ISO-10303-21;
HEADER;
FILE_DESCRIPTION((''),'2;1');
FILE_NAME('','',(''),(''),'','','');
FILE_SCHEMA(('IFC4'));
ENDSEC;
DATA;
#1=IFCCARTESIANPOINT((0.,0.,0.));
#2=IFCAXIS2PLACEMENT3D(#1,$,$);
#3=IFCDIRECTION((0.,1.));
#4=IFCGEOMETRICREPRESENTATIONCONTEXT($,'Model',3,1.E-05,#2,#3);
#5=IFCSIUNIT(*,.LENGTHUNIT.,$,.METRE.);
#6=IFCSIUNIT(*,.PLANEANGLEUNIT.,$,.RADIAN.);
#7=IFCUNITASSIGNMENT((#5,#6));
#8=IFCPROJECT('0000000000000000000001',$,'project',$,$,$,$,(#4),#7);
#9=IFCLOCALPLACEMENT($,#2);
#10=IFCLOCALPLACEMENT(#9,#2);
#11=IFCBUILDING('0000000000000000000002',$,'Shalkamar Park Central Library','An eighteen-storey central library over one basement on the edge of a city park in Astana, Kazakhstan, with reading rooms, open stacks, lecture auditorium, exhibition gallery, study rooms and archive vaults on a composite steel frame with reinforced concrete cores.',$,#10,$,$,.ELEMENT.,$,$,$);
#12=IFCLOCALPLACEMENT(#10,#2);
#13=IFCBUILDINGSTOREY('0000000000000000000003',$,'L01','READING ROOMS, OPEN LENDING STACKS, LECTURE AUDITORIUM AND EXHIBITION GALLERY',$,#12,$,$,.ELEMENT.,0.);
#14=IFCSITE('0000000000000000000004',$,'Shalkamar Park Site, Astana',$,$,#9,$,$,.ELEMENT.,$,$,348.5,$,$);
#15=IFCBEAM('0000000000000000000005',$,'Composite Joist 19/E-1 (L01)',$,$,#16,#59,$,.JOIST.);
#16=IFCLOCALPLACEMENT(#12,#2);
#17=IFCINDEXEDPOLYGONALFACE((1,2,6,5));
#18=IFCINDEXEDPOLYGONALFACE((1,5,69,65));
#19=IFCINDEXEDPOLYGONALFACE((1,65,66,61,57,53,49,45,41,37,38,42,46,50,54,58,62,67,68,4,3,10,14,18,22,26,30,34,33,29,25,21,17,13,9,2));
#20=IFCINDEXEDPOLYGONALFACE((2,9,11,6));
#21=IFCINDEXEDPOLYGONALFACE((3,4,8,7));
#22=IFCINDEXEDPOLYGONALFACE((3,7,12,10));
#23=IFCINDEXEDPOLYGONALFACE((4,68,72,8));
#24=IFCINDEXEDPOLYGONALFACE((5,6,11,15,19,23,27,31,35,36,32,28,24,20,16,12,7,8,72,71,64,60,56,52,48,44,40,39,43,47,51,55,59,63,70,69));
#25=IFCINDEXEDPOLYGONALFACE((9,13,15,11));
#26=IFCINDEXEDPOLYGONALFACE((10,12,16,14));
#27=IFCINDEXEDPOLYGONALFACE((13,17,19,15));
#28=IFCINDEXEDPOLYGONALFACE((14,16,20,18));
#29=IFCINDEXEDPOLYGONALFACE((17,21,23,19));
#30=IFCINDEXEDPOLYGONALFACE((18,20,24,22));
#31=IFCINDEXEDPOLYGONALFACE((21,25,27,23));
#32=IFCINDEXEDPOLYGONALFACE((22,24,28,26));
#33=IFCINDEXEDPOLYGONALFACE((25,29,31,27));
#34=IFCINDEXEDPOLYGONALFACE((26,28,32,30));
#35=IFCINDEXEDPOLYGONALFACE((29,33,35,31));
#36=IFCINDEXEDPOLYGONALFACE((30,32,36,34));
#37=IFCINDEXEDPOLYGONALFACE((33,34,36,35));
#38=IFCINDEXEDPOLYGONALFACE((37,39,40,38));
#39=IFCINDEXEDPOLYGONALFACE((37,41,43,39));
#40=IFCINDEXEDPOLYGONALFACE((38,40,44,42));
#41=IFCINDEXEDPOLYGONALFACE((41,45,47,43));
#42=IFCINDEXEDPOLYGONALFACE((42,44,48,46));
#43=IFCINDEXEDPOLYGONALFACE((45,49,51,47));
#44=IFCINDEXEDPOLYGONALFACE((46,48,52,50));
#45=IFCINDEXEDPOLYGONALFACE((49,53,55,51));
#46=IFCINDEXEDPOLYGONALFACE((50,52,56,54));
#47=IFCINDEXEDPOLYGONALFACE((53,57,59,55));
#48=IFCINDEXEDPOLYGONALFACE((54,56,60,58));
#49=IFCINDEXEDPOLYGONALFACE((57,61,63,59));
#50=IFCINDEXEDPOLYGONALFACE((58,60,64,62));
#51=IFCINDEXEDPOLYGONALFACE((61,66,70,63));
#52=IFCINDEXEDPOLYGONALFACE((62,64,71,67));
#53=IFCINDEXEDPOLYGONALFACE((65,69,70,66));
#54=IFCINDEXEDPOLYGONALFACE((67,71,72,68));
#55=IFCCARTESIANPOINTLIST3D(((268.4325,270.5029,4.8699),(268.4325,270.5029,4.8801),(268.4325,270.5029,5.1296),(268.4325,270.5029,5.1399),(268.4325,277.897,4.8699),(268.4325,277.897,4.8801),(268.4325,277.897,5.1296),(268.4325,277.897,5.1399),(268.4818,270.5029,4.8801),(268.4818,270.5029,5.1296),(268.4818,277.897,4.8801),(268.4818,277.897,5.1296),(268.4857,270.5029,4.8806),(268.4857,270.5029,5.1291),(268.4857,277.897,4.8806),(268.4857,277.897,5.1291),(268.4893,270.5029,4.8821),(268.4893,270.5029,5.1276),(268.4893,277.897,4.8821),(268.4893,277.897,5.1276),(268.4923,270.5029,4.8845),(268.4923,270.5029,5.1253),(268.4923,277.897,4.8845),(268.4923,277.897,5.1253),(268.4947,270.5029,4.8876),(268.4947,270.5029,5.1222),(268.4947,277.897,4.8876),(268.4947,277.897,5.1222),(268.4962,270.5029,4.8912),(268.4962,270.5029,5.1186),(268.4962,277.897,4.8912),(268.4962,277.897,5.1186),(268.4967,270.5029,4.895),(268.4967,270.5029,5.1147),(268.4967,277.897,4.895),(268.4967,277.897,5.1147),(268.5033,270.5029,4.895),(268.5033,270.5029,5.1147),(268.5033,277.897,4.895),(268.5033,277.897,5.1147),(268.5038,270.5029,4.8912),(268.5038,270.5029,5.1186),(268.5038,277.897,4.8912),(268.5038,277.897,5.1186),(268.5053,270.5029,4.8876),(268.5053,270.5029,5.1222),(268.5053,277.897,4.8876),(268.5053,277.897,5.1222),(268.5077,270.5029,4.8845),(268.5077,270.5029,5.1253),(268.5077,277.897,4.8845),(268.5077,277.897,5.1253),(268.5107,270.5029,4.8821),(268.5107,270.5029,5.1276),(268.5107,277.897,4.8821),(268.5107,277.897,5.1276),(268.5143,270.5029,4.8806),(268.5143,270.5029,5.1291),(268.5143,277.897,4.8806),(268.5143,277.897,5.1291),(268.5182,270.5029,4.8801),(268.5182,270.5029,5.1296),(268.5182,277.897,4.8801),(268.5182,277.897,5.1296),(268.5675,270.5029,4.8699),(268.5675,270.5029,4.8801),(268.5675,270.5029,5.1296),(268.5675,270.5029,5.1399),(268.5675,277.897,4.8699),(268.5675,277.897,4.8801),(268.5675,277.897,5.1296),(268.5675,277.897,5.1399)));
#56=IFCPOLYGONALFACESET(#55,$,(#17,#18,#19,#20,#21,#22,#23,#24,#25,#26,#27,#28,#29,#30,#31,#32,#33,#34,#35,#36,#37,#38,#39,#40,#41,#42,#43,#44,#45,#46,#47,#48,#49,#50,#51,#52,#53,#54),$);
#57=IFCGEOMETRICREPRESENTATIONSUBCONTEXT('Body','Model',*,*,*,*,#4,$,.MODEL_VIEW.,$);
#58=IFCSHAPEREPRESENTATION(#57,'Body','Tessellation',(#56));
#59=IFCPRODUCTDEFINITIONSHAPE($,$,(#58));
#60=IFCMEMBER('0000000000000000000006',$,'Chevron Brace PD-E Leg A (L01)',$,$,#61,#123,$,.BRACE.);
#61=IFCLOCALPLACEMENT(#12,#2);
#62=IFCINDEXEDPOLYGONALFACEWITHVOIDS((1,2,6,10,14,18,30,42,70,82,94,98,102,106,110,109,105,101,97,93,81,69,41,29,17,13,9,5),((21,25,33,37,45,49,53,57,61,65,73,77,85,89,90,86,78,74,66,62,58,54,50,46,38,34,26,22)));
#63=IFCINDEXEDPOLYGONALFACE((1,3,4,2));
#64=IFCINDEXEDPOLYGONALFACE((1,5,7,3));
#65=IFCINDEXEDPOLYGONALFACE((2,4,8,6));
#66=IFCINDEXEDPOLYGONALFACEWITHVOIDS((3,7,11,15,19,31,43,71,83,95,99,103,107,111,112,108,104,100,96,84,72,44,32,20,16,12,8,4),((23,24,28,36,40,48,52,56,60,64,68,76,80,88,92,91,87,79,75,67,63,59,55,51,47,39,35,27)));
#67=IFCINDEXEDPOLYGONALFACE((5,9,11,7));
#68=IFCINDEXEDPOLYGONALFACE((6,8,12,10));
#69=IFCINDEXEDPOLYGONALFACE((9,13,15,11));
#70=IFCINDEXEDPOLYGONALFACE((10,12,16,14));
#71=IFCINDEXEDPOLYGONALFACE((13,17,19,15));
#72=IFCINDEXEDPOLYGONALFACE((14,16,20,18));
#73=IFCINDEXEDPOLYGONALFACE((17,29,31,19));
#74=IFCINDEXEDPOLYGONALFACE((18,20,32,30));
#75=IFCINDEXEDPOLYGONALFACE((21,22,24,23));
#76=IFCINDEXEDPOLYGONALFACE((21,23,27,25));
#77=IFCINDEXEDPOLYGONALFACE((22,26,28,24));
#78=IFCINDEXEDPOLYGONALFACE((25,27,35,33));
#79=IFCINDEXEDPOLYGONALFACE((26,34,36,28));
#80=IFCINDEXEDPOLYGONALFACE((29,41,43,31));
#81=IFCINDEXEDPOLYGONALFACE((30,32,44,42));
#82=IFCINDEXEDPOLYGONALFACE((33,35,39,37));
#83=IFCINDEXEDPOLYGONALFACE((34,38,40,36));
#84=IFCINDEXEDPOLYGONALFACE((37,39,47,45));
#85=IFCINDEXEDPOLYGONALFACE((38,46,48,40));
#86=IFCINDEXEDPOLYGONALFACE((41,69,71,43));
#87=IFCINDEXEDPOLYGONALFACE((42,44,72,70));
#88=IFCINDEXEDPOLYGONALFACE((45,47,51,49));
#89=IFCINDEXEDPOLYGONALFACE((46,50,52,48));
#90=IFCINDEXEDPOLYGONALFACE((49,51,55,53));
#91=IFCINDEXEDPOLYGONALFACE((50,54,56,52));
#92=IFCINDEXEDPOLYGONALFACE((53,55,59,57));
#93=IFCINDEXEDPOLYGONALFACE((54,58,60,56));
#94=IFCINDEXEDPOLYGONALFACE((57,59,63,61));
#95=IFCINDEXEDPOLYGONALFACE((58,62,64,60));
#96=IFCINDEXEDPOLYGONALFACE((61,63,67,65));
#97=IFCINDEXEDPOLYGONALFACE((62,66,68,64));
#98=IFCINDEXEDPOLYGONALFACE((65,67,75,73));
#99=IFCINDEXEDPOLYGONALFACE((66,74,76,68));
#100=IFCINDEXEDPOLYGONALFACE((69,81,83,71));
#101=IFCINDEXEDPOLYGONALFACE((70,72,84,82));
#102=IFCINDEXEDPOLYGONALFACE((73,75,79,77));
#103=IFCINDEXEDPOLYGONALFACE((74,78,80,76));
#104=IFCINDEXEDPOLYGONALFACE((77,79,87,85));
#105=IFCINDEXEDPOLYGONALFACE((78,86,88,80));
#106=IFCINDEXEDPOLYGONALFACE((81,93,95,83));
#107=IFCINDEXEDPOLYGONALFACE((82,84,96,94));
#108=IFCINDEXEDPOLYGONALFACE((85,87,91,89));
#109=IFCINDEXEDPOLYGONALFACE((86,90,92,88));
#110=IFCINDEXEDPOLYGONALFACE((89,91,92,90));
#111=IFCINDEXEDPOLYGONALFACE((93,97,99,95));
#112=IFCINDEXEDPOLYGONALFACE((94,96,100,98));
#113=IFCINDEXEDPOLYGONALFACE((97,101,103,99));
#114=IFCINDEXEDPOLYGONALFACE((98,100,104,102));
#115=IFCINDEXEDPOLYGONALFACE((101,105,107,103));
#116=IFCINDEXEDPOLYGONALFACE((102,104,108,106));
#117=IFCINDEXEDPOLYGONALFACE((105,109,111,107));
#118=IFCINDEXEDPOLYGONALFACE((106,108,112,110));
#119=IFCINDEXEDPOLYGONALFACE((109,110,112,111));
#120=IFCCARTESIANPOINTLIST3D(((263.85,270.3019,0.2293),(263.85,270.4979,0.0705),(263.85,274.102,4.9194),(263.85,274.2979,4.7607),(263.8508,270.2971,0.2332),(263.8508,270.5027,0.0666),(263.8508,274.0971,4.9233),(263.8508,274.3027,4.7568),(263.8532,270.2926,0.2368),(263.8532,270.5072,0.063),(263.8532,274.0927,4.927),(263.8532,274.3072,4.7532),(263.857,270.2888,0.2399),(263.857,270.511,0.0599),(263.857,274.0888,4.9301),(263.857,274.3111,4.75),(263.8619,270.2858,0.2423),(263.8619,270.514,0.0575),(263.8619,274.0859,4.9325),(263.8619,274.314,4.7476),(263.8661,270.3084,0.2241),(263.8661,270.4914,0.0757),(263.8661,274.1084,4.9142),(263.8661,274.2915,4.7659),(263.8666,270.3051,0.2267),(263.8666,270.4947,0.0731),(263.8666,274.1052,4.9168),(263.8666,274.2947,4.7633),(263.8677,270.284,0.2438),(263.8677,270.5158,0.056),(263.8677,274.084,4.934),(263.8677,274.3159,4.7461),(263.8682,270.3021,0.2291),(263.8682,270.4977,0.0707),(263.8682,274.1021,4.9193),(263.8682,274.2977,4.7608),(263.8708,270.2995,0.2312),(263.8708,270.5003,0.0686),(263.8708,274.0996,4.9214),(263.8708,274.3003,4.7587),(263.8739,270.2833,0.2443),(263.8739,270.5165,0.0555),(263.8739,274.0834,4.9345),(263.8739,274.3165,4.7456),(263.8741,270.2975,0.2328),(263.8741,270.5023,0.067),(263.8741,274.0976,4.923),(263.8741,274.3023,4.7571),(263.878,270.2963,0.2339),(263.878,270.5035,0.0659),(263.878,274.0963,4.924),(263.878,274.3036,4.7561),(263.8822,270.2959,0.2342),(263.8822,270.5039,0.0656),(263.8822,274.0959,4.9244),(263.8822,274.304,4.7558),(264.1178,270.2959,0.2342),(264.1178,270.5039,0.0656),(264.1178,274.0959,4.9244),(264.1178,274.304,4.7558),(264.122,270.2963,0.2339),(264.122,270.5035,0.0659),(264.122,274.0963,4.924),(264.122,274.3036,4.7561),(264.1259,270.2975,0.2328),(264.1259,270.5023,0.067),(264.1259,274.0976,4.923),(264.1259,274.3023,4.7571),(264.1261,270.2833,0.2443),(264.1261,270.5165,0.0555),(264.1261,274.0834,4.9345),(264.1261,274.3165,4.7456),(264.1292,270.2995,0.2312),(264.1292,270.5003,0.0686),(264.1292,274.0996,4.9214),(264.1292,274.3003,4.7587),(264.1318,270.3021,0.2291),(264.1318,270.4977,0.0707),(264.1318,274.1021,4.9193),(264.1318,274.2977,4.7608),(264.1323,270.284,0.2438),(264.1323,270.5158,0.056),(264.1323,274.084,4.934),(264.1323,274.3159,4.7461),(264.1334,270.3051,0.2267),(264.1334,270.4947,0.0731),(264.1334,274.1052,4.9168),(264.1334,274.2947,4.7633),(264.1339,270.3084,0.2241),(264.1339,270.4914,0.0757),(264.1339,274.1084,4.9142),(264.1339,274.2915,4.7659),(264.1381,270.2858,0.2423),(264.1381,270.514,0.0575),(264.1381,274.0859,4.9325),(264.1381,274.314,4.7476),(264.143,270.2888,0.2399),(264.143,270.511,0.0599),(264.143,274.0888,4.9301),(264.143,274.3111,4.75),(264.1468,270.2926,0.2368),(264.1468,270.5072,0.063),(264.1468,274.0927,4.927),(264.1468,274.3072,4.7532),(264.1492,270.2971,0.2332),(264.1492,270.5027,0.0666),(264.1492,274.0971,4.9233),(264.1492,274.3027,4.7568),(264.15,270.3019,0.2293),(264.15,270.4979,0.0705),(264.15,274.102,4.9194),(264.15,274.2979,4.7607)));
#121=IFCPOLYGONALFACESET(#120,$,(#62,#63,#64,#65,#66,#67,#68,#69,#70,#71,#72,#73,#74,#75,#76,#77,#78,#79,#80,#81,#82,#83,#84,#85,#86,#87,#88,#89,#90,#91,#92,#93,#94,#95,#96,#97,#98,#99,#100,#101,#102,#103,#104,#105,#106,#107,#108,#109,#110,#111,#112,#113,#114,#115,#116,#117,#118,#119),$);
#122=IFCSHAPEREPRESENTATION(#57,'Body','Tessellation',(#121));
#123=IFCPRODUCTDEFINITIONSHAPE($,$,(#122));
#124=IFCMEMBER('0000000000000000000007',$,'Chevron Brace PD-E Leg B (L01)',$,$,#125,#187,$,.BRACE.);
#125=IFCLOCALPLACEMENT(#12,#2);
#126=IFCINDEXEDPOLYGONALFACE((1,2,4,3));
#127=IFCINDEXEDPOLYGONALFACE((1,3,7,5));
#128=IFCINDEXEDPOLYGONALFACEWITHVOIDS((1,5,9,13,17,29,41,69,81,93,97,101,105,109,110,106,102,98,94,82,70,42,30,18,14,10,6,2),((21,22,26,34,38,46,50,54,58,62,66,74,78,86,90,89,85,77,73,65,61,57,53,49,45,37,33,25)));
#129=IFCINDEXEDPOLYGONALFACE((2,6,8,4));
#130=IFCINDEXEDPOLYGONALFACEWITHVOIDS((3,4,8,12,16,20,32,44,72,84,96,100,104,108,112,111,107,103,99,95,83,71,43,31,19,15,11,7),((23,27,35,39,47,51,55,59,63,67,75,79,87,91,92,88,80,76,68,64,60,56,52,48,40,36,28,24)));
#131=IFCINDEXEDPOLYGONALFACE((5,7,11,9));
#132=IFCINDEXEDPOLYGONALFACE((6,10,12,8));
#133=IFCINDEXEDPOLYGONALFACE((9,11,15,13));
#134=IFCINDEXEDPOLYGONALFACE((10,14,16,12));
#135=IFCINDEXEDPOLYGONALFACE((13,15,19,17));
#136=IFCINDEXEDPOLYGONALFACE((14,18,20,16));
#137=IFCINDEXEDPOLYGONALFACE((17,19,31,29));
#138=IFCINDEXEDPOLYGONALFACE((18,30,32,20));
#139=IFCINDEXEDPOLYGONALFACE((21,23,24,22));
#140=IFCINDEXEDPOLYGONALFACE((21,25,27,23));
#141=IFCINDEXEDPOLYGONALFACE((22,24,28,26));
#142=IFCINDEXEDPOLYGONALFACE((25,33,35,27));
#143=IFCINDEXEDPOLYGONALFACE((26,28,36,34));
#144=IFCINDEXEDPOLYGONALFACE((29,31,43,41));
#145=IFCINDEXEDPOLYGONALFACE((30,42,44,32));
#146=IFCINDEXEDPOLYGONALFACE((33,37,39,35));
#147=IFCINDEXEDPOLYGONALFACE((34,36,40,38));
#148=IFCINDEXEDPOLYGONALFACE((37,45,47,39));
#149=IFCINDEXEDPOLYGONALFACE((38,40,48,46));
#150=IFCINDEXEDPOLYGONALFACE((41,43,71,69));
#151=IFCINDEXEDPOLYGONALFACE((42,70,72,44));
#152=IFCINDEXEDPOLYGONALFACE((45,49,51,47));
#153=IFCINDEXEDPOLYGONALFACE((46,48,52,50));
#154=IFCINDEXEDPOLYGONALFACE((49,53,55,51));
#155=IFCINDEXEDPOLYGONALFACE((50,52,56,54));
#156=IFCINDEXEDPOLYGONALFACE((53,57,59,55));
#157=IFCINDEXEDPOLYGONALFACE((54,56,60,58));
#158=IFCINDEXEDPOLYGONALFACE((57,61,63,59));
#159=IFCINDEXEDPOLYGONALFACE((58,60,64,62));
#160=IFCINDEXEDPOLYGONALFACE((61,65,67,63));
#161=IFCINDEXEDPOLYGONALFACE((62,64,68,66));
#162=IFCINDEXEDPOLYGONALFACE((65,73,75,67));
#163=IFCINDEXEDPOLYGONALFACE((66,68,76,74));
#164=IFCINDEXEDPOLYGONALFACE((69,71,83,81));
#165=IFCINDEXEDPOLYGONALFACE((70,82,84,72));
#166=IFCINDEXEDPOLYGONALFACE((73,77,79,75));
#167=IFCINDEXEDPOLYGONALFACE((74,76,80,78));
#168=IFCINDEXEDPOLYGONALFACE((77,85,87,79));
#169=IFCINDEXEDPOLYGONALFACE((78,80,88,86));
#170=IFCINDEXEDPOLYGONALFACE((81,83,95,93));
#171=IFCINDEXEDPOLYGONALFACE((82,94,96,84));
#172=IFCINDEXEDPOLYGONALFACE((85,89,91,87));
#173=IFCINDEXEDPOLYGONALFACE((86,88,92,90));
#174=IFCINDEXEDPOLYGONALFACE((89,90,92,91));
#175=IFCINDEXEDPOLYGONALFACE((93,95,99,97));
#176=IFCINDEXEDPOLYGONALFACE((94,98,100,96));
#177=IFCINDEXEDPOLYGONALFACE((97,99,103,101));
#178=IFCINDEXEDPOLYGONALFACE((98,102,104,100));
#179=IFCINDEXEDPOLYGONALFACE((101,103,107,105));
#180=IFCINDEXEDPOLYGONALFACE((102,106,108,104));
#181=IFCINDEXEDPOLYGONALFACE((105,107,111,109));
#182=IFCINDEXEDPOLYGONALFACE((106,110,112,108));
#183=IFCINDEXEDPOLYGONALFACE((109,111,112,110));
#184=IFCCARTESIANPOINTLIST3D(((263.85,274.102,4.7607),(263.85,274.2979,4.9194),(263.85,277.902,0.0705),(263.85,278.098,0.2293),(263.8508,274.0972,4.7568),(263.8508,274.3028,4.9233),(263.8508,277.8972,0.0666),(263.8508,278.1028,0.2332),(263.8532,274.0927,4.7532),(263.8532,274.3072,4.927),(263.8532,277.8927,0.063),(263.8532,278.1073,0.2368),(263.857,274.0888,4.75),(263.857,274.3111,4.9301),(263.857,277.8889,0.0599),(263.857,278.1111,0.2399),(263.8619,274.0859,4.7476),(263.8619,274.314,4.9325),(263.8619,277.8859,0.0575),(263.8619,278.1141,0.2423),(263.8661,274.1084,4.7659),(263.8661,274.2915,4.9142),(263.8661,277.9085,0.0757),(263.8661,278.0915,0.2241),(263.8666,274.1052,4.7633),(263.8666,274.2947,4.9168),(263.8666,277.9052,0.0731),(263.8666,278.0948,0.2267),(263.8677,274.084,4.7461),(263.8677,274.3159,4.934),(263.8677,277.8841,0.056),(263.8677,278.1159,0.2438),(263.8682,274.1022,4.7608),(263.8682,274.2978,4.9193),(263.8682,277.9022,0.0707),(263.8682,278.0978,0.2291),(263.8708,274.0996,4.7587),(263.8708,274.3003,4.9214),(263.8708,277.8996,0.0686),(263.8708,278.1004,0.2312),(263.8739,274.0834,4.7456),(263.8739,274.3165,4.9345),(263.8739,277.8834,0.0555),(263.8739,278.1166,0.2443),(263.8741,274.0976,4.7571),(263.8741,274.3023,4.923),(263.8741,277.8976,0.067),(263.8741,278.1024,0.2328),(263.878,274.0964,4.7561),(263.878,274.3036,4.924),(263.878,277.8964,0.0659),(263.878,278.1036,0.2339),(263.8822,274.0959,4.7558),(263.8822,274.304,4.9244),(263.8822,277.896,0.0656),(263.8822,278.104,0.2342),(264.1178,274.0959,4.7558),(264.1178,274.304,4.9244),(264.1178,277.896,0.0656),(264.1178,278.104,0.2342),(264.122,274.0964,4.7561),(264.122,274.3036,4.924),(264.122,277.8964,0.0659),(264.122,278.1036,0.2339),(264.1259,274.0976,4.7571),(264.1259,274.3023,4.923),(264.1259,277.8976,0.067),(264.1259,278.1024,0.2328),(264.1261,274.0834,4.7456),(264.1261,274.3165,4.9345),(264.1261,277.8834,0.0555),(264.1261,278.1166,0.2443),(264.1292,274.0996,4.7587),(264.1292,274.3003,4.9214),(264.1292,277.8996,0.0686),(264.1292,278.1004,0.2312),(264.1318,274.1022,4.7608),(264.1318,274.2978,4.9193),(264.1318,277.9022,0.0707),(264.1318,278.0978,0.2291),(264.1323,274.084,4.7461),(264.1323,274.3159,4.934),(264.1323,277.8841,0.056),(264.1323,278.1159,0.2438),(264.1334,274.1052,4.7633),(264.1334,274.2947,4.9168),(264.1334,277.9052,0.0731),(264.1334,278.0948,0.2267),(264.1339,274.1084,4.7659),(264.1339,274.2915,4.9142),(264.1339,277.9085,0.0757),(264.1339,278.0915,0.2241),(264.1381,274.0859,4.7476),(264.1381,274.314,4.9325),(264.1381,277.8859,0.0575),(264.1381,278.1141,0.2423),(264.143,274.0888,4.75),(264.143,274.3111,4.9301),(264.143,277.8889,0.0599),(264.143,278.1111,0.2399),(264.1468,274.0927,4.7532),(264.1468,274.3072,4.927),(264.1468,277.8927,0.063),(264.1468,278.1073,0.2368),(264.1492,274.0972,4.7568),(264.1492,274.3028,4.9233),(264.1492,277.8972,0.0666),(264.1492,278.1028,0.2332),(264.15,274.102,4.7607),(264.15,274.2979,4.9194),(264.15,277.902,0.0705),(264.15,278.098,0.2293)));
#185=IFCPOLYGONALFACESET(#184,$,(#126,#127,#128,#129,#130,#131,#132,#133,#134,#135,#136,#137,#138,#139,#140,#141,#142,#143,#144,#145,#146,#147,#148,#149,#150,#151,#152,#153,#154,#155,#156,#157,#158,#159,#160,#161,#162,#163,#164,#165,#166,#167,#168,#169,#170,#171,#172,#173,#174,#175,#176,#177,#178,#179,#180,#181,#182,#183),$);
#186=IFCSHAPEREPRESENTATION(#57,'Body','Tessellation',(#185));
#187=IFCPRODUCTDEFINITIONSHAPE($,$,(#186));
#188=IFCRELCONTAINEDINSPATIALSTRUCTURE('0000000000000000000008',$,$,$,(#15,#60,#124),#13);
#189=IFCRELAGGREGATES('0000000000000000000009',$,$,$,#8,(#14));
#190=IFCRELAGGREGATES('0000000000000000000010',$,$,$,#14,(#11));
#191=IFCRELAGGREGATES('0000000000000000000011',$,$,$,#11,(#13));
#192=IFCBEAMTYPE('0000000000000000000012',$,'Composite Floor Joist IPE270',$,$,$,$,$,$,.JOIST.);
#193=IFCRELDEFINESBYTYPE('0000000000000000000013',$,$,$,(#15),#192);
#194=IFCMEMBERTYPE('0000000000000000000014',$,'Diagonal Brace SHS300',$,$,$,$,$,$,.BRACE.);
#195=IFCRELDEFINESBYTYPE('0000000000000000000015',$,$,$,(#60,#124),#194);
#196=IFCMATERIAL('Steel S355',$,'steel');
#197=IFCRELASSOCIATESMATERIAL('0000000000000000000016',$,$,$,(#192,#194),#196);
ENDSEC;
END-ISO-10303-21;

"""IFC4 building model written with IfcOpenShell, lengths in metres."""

from ifc_helpers import new_model, si_unit, direction, frame, origin, origin_2d, place, context, subcontext, project, spatial, hollow_rectangle, i_section, extrude, material, material_profile, profile_set, type_object, element, save


model = new_model("IFC4")

# Units and contexts
model_context = context("Model", 3, precision=1e-05, world=origin(), true_north=direction((0.0, 1.0)))
body_context = subcontext(model_context, "Body", "Model", "MODEL_VIEW")
ifc_project = project(units=[si_unit("LENGTHUNIT", "METRE"), si_unit("PLANEANGLEUNIT", "RADIAN")], contexts=[model_context])

# Site, building, storey
site_placement = place(None, origin())
site = spatial("IfcSite", under=ifc_project, at=site_placement, Name="Shalkamar Park Site, Astana", CompositionType="ELEMENT", RefElevation=348.5)
building_placement = place(site_placement, origin())
building = spatial("IfcBuilding", under=site, at=building_placement, Name="Shalkamar Park Central Library", Description="An eighteen-storey central library over one basement on the edge of a city park in Astana, Kazakhstan, with reading rooms, open stacks, lecture auditorium, exhibition gallery, study rooms and archive vaults on a composite steel frame with reinforced concrete cores.", CompositionType="ELEMENT")
storey_placement = place(building_placement, origin())
storey = spatial("IfcBuildingStorey", under=building, at=storey_placement, Name="L01", Description="READING ROOMS, OPEN LENDING STACKS, LECTURE AUDITORIUM AND EXHIBITION GALLERY", CompositionType="ELEMENT", Elevation=0.0)

# Shared definitions
ifc_material_1 = material(Name="Steel S355", Category="steel")

# Beam
ifc_material_profile_1 = material_profile(ifc_material_1, i_section(OverallWidth=0.135, OverallDepth=0.27, WebThickness=0.0066, FlangeThickness=0.0103, FilletRadius=0.0149, at=origin_2d()), Name="IPE 270")
ifc_profile_set_1 = profile_set([ifc_material_profile_1], Name="Steel S355")
beam_type_1 = type_object("IfcBeamType", Name="Composite Floor Joist IPE270", PredefinedType="JOIST", material=ifc_profile_set_1)
for number, where, z_axis, x_axis, name in (
    (1, (268.5, 270.5029, 5.0049), (0.0, 1.0, 0.0), (-1.0, 0.0, 0.0), "Composite Joist 19/E-1 (L01)"),
):
    element("IfcBeam", number, at=place(storey_placement, frame(where, z_axis=z_axis, x_axis=x_axis)), inside=storey, type_object=beam_type_1, Name=name, PredefinedType="JOIST", context=body_context, shape_type="SweptSolid", body=[
        extrude(i_section(OverallWidth=0.135, OverallDepth=0.27, WebThickness=0.0066, FlangeThickness=0.0103, FilletRadius=0.0149, at=origin_2d()), origin(), (0.0, 0.0, 1.0), 7.394),
    ])

# Members
ifc_material_profile_2 = material_profile(ifc_material_1, hollow_rectangle(XDim=0.3, YDim=0.3, WallThickness=0.0161, InnerFilletRadius=0.0161, OuterFilletRadius=0.0239, at=origin_2d()), Name="SHS 300x300x16")
ifc_profile_set_2 = profile_set([ifc_material_profile_2], Name="Steel S355")
member_type = type_object("IfcMemberType", Name="Diagonal Brace SHS300", PredefinedType="BRACE", material=ifc_profile_set_2)
for number, where, z_axis, x_axis, name in (
    (2, (264.0, 270.3999, 0.1499), (0.0, 0.629522, 0.776983), (-1.0, 0.0, 0.0), "Chevron Brace PD-E Leg A (L01)"),
    (3, (264.0, 278.0, 0.1499), (0.0, -0.629522, 0.776983), (1.0, 0.0, 0.0), "Chevron Brace PD-E Leg B (L01)"),
):
    element("IfcMember", number, at=place(storey_placement, frame(where, z_axis=z_axis, x_axis=x_axis)), inside=storey, type_object=member_type, Name=name, PredefinedType="BRACE", context=body_context, shape_type="SweptSolid", body=[
        extrude(hollow_rectangle(XDim=0.3, YDim=0.3, WallThickness=0.0161, InnerFilletRadius=0.0161, OuterFilletRadius=0.0239, at=origin_2d()), origin(), (0.0, 0.0, 1.0), 6.0364),
    ])

save(model, "model.ifc")
